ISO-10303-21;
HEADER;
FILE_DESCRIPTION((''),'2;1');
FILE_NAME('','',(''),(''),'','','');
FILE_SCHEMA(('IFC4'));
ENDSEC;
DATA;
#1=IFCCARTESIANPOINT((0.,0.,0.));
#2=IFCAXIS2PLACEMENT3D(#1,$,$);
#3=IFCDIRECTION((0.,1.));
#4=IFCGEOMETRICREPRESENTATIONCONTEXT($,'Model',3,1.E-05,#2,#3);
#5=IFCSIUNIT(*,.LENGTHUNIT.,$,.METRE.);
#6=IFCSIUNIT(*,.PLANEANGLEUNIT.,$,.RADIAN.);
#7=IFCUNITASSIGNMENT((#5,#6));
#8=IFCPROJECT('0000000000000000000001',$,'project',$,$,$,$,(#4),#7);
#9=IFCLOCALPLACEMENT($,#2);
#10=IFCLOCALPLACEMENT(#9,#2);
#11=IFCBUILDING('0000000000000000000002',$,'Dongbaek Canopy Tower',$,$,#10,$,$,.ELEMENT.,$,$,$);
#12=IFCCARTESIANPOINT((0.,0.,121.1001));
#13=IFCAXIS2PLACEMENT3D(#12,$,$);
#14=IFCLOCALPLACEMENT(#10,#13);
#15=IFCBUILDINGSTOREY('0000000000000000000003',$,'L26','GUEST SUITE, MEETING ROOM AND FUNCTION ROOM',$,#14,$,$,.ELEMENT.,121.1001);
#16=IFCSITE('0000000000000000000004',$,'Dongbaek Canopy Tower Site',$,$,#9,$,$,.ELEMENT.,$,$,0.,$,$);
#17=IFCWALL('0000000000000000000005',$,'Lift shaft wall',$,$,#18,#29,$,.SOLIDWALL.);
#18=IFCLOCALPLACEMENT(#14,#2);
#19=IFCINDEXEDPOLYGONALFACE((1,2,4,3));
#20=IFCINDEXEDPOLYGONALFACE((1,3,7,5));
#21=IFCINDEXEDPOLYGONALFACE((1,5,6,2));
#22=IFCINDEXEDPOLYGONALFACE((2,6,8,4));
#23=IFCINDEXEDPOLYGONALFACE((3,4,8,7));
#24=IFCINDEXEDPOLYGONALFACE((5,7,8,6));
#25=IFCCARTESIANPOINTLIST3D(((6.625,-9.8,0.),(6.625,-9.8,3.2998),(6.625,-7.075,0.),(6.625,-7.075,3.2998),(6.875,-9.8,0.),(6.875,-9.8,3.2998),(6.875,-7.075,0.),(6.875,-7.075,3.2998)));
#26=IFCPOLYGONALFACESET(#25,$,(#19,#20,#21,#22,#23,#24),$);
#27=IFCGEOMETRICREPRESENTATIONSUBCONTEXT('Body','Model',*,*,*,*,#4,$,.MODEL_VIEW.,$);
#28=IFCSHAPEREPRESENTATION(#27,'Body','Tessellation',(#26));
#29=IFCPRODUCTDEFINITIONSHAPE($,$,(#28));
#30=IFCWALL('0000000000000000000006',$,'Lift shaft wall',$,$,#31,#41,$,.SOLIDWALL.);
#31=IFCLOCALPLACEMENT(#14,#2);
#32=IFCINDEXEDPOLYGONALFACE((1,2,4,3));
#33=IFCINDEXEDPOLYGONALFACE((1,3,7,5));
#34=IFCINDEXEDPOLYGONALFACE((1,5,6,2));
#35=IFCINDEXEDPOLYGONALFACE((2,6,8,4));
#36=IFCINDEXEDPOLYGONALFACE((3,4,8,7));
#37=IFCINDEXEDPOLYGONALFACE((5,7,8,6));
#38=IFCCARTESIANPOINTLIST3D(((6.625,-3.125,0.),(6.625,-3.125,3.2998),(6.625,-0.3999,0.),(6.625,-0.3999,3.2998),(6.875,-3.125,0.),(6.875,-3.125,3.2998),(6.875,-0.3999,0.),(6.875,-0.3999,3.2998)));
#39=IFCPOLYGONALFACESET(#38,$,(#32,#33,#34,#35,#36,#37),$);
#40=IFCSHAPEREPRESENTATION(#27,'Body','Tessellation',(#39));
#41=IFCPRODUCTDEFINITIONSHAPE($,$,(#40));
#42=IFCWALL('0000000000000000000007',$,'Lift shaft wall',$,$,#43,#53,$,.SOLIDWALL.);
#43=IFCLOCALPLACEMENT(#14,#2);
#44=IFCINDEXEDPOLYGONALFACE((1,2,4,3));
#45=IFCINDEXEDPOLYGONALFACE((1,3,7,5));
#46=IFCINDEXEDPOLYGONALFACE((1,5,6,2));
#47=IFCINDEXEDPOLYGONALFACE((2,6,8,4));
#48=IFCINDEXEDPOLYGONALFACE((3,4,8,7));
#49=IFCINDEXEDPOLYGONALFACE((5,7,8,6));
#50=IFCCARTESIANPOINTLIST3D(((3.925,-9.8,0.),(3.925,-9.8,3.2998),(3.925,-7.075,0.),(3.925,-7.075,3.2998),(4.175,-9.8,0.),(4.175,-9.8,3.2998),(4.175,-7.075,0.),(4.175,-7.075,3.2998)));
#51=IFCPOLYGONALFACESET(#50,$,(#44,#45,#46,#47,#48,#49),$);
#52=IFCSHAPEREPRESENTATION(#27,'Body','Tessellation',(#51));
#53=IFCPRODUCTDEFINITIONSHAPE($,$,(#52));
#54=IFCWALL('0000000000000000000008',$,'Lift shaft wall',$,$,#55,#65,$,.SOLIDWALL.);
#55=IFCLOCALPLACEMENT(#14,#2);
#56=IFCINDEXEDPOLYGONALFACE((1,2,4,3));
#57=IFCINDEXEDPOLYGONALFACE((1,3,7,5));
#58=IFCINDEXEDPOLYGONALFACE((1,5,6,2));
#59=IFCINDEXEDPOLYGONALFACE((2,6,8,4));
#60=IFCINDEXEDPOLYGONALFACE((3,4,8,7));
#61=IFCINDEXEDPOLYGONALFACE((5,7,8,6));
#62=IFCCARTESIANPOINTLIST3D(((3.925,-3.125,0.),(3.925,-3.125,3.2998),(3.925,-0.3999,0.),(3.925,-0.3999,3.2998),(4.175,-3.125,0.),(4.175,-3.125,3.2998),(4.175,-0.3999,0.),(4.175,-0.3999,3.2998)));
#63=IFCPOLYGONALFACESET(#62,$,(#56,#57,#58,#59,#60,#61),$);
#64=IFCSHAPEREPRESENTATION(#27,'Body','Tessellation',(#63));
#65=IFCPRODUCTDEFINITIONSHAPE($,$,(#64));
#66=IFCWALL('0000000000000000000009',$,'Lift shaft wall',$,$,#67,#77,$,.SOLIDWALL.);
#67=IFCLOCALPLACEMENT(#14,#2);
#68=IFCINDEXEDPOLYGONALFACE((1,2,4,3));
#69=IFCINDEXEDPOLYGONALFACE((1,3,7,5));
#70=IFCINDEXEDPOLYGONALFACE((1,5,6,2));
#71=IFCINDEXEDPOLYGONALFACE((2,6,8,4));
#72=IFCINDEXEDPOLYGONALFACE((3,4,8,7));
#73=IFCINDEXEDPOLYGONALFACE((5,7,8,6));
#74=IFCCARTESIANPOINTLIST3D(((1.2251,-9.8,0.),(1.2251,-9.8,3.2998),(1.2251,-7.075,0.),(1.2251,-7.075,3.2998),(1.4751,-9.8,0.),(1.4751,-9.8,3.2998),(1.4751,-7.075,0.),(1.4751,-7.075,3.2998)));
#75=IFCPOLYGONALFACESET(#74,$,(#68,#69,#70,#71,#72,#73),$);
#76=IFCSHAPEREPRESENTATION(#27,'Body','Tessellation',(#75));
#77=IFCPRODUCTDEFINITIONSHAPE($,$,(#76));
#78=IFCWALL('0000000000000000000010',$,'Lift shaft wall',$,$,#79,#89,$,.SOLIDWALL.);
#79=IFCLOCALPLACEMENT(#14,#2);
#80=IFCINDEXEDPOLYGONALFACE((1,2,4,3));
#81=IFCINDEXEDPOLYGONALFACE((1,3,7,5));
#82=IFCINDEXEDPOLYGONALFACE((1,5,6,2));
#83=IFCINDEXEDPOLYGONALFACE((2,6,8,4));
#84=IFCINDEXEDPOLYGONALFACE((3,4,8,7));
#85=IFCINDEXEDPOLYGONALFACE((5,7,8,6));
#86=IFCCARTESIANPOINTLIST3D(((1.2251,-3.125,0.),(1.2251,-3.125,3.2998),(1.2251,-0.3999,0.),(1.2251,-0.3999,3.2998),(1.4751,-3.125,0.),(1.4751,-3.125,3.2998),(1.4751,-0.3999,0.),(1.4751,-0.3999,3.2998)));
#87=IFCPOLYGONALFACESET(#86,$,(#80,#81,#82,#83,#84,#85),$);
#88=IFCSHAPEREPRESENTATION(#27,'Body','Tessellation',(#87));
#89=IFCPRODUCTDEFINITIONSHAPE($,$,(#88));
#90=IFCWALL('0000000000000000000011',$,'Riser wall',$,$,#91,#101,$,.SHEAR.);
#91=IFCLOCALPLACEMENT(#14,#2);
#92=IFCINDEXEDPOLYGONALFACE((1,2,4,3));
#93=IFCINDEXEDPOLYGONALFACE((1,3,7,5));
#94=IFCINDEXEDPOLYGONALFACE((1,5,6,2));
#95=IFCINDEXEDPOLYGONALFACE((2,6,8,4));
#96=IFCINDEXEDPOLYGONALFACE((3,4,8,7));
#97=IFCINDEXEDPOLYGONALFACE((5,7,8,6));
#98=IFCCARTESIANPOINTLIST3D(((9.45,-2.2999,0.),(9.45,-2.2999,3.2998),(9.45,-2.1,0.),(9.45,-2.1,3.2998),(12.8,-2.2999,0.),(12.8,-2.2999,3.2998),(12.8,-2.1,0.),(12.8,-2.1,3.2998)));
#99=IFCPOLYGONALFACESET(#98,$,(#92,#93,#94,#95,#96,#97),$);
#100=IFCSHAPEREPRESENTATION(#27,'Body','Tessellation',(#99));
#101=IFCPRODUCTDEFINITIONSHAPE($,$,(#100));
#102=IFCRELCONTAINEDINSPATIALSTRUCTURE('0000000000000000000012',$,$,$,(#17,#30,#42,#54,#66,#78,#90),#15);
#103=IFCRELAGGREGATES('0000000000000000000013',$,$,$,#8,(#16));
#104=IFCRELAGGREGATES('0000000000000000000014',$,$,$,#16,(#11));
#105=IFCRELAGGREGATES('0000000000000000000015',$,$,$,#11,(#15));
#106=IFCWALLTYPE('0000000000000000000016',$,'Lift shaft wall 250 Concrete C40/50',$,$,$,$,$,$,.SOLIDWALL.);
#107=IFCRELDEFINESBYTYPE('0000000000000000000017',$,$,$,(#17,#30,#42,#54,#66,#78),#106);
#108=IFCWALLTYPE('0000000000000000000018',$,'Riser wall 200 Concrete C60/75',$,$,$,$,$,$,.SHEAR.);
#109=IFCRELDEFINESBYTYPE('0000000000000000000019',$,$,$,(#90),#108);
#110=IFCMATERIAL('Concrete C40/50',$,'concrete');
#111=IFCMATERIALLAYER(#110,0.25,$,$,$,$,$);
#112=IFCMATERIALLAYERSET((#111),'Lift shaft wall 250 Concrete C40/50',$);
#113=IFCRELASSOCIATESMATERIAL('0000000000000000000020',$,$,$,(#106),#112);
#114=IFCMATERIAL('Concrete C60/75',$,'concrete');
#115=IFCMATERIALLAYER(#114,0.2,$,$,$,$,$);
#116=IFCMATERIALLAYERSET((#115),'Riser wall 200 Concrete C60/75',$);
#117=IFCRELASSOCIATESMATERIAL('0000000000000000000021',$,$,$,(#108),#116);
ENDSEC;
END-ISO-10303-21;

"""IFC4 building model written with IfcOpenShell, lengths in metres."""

from ifc_helpers import new_model, si_unit, direction, frame, frame_2d, origin, place, context, subcontext, project, spatial, rectangle, extrude, material, layer, layer_set, type_object, element, save


model = new_model("IFC4")

# Units and contexts
model_context = context("Model", 3, precision=1e-05, world=origin(), true_north=direction((0.0, 1.0)))
body_context = subcontext(model_context, "Body", "Model", "MODEL_VIEW")
ifc_project = project(units=[si_unit("LENGTHUNIT", "METRE"), si_unit("PLANEANGLEUNIT", "RADIAN")], contexts=[model_context])

# Site, building, storey
site_placement = place(None, origin())
site = spatial("IfcSite", under=ifc_project, at=site_placement, Name="Dongbaek Canopy Tower Site", CompositionType="ELEMENT", RefElevation=0.0)
building_placement = place(site_placement, origin())
building = spatial("IfcBuilding", under=site, at=building_placement, Name="Dongbaek Canopy Tower", CompositionType="ELEMENT")
storey_placement = place(building_placement, frame((0.0, 0.0, 121.1001)))
storey = spatial("IfcBuildingStorey", under=building, at=storey_placement, Name="L26", Description="GUEST SUITE, MEETING ROOM AND FUNCTION ROOM", CompositionType="ELEMENT", Elevation=121.1001)

# Walls
ifc_material_1 = material(Name="Concrete C40/50", Category="concrete")
ifc_layer_1 = layer(ifc_material_1, 0.25)
ifc_layer_set_1 = layer_set([ifc_layer_1], Name="Lift shaft wall 250 Concrete C40/50")
wall_type_1 = type_object("IfcWallType", Name="Lift shaft wall 250 Concrete C40/50", PredefinedType="SOLIDWALL", material=ifc_layer_set_1)
for number, where, z_axis, x_axis, name in (
    (1, (6.75, -9.8, 0.0), (0.0, 0.0, 1.0), (0.0, 1.0, 0.0), "Lift shaft wall"),
    (2, (6.75, -3.125, 0.0), (0.0, 0.0, 1.0), (0.0, 1.0, 0.0), "Lift shaft wall"),
    (3, (4.05, -9.8, 0.0), (0.0, 0.0, 1.0), (0.0, 1.0, 0.0), "Lift shaft wall"),
    (4, (4.05, -3.125, 0.0), (0.0, 0.0, 1.0), (0.0, 1.0, 0.0), "Lift shaft wall"),
    (5, (1.3501, -9.8, 0.0), (0.0, 0.0, 1.0), (0.0, 1.0, 0.0), "Lift shaft wall"),
    (6, (1.3501, -3.125, 0.0), (0.0, 0.0, 1.0), (0.0, 1.0, 0.0), "Lift shaft wall"),
):
    element("IfcWall", number, at=place(storey_placement, frame(where, z_axis=z_axis, x_axis=x_axis)), inside=storey, type_object=wall_type_1, Name=name, PredefinedType="SOLIDWALL", context=body_context, shape_type="SweptSolid", body=[
        extrude(rectangle(XDim=2.7251, YDim=0.25, at=frame_2d((1.3625, 0.0))), origin(), (0.0, 0.0, 1.0), 3.2998),
    ])
ifc_material_2 = material(Name="Concrete C60/75", Category="concrete")
ifc_layer_2 = layer(ifc_material_2, 0.2)
ifc_layer_set_2 = layer_set([ifc_layer_2], Name="Riser wall 200 Concrete C60/75")
wall_type_2 = type_object("IfcWallType", Name="Riser wall 200 Concrete C60/75", PredefinedType="SHEAR", material=ifc_layer_set_2)
wall_1_placement = place(storey_placement, frame((9.45, -2.2, 0.0), z_axis=(0.0, 0.0, 1.0), x_axis=(1.0, 0.0, 0.0)))
element("IfcWall", 7, at=wall_1_placement, inside=storey, type_object=wall_type_2, Name="Riser wall", PredefinedType="SHEAR", context=body_context, shape_type="SweptSolid", body=[
    extrude(rectangle(XDim=3.3501, YDim=0.2, at=frame_2d((1.675, 0.0))), origin(), (0.0, 0.0, 1.0), 3.2998),
])

save(model, "model.ifc")
